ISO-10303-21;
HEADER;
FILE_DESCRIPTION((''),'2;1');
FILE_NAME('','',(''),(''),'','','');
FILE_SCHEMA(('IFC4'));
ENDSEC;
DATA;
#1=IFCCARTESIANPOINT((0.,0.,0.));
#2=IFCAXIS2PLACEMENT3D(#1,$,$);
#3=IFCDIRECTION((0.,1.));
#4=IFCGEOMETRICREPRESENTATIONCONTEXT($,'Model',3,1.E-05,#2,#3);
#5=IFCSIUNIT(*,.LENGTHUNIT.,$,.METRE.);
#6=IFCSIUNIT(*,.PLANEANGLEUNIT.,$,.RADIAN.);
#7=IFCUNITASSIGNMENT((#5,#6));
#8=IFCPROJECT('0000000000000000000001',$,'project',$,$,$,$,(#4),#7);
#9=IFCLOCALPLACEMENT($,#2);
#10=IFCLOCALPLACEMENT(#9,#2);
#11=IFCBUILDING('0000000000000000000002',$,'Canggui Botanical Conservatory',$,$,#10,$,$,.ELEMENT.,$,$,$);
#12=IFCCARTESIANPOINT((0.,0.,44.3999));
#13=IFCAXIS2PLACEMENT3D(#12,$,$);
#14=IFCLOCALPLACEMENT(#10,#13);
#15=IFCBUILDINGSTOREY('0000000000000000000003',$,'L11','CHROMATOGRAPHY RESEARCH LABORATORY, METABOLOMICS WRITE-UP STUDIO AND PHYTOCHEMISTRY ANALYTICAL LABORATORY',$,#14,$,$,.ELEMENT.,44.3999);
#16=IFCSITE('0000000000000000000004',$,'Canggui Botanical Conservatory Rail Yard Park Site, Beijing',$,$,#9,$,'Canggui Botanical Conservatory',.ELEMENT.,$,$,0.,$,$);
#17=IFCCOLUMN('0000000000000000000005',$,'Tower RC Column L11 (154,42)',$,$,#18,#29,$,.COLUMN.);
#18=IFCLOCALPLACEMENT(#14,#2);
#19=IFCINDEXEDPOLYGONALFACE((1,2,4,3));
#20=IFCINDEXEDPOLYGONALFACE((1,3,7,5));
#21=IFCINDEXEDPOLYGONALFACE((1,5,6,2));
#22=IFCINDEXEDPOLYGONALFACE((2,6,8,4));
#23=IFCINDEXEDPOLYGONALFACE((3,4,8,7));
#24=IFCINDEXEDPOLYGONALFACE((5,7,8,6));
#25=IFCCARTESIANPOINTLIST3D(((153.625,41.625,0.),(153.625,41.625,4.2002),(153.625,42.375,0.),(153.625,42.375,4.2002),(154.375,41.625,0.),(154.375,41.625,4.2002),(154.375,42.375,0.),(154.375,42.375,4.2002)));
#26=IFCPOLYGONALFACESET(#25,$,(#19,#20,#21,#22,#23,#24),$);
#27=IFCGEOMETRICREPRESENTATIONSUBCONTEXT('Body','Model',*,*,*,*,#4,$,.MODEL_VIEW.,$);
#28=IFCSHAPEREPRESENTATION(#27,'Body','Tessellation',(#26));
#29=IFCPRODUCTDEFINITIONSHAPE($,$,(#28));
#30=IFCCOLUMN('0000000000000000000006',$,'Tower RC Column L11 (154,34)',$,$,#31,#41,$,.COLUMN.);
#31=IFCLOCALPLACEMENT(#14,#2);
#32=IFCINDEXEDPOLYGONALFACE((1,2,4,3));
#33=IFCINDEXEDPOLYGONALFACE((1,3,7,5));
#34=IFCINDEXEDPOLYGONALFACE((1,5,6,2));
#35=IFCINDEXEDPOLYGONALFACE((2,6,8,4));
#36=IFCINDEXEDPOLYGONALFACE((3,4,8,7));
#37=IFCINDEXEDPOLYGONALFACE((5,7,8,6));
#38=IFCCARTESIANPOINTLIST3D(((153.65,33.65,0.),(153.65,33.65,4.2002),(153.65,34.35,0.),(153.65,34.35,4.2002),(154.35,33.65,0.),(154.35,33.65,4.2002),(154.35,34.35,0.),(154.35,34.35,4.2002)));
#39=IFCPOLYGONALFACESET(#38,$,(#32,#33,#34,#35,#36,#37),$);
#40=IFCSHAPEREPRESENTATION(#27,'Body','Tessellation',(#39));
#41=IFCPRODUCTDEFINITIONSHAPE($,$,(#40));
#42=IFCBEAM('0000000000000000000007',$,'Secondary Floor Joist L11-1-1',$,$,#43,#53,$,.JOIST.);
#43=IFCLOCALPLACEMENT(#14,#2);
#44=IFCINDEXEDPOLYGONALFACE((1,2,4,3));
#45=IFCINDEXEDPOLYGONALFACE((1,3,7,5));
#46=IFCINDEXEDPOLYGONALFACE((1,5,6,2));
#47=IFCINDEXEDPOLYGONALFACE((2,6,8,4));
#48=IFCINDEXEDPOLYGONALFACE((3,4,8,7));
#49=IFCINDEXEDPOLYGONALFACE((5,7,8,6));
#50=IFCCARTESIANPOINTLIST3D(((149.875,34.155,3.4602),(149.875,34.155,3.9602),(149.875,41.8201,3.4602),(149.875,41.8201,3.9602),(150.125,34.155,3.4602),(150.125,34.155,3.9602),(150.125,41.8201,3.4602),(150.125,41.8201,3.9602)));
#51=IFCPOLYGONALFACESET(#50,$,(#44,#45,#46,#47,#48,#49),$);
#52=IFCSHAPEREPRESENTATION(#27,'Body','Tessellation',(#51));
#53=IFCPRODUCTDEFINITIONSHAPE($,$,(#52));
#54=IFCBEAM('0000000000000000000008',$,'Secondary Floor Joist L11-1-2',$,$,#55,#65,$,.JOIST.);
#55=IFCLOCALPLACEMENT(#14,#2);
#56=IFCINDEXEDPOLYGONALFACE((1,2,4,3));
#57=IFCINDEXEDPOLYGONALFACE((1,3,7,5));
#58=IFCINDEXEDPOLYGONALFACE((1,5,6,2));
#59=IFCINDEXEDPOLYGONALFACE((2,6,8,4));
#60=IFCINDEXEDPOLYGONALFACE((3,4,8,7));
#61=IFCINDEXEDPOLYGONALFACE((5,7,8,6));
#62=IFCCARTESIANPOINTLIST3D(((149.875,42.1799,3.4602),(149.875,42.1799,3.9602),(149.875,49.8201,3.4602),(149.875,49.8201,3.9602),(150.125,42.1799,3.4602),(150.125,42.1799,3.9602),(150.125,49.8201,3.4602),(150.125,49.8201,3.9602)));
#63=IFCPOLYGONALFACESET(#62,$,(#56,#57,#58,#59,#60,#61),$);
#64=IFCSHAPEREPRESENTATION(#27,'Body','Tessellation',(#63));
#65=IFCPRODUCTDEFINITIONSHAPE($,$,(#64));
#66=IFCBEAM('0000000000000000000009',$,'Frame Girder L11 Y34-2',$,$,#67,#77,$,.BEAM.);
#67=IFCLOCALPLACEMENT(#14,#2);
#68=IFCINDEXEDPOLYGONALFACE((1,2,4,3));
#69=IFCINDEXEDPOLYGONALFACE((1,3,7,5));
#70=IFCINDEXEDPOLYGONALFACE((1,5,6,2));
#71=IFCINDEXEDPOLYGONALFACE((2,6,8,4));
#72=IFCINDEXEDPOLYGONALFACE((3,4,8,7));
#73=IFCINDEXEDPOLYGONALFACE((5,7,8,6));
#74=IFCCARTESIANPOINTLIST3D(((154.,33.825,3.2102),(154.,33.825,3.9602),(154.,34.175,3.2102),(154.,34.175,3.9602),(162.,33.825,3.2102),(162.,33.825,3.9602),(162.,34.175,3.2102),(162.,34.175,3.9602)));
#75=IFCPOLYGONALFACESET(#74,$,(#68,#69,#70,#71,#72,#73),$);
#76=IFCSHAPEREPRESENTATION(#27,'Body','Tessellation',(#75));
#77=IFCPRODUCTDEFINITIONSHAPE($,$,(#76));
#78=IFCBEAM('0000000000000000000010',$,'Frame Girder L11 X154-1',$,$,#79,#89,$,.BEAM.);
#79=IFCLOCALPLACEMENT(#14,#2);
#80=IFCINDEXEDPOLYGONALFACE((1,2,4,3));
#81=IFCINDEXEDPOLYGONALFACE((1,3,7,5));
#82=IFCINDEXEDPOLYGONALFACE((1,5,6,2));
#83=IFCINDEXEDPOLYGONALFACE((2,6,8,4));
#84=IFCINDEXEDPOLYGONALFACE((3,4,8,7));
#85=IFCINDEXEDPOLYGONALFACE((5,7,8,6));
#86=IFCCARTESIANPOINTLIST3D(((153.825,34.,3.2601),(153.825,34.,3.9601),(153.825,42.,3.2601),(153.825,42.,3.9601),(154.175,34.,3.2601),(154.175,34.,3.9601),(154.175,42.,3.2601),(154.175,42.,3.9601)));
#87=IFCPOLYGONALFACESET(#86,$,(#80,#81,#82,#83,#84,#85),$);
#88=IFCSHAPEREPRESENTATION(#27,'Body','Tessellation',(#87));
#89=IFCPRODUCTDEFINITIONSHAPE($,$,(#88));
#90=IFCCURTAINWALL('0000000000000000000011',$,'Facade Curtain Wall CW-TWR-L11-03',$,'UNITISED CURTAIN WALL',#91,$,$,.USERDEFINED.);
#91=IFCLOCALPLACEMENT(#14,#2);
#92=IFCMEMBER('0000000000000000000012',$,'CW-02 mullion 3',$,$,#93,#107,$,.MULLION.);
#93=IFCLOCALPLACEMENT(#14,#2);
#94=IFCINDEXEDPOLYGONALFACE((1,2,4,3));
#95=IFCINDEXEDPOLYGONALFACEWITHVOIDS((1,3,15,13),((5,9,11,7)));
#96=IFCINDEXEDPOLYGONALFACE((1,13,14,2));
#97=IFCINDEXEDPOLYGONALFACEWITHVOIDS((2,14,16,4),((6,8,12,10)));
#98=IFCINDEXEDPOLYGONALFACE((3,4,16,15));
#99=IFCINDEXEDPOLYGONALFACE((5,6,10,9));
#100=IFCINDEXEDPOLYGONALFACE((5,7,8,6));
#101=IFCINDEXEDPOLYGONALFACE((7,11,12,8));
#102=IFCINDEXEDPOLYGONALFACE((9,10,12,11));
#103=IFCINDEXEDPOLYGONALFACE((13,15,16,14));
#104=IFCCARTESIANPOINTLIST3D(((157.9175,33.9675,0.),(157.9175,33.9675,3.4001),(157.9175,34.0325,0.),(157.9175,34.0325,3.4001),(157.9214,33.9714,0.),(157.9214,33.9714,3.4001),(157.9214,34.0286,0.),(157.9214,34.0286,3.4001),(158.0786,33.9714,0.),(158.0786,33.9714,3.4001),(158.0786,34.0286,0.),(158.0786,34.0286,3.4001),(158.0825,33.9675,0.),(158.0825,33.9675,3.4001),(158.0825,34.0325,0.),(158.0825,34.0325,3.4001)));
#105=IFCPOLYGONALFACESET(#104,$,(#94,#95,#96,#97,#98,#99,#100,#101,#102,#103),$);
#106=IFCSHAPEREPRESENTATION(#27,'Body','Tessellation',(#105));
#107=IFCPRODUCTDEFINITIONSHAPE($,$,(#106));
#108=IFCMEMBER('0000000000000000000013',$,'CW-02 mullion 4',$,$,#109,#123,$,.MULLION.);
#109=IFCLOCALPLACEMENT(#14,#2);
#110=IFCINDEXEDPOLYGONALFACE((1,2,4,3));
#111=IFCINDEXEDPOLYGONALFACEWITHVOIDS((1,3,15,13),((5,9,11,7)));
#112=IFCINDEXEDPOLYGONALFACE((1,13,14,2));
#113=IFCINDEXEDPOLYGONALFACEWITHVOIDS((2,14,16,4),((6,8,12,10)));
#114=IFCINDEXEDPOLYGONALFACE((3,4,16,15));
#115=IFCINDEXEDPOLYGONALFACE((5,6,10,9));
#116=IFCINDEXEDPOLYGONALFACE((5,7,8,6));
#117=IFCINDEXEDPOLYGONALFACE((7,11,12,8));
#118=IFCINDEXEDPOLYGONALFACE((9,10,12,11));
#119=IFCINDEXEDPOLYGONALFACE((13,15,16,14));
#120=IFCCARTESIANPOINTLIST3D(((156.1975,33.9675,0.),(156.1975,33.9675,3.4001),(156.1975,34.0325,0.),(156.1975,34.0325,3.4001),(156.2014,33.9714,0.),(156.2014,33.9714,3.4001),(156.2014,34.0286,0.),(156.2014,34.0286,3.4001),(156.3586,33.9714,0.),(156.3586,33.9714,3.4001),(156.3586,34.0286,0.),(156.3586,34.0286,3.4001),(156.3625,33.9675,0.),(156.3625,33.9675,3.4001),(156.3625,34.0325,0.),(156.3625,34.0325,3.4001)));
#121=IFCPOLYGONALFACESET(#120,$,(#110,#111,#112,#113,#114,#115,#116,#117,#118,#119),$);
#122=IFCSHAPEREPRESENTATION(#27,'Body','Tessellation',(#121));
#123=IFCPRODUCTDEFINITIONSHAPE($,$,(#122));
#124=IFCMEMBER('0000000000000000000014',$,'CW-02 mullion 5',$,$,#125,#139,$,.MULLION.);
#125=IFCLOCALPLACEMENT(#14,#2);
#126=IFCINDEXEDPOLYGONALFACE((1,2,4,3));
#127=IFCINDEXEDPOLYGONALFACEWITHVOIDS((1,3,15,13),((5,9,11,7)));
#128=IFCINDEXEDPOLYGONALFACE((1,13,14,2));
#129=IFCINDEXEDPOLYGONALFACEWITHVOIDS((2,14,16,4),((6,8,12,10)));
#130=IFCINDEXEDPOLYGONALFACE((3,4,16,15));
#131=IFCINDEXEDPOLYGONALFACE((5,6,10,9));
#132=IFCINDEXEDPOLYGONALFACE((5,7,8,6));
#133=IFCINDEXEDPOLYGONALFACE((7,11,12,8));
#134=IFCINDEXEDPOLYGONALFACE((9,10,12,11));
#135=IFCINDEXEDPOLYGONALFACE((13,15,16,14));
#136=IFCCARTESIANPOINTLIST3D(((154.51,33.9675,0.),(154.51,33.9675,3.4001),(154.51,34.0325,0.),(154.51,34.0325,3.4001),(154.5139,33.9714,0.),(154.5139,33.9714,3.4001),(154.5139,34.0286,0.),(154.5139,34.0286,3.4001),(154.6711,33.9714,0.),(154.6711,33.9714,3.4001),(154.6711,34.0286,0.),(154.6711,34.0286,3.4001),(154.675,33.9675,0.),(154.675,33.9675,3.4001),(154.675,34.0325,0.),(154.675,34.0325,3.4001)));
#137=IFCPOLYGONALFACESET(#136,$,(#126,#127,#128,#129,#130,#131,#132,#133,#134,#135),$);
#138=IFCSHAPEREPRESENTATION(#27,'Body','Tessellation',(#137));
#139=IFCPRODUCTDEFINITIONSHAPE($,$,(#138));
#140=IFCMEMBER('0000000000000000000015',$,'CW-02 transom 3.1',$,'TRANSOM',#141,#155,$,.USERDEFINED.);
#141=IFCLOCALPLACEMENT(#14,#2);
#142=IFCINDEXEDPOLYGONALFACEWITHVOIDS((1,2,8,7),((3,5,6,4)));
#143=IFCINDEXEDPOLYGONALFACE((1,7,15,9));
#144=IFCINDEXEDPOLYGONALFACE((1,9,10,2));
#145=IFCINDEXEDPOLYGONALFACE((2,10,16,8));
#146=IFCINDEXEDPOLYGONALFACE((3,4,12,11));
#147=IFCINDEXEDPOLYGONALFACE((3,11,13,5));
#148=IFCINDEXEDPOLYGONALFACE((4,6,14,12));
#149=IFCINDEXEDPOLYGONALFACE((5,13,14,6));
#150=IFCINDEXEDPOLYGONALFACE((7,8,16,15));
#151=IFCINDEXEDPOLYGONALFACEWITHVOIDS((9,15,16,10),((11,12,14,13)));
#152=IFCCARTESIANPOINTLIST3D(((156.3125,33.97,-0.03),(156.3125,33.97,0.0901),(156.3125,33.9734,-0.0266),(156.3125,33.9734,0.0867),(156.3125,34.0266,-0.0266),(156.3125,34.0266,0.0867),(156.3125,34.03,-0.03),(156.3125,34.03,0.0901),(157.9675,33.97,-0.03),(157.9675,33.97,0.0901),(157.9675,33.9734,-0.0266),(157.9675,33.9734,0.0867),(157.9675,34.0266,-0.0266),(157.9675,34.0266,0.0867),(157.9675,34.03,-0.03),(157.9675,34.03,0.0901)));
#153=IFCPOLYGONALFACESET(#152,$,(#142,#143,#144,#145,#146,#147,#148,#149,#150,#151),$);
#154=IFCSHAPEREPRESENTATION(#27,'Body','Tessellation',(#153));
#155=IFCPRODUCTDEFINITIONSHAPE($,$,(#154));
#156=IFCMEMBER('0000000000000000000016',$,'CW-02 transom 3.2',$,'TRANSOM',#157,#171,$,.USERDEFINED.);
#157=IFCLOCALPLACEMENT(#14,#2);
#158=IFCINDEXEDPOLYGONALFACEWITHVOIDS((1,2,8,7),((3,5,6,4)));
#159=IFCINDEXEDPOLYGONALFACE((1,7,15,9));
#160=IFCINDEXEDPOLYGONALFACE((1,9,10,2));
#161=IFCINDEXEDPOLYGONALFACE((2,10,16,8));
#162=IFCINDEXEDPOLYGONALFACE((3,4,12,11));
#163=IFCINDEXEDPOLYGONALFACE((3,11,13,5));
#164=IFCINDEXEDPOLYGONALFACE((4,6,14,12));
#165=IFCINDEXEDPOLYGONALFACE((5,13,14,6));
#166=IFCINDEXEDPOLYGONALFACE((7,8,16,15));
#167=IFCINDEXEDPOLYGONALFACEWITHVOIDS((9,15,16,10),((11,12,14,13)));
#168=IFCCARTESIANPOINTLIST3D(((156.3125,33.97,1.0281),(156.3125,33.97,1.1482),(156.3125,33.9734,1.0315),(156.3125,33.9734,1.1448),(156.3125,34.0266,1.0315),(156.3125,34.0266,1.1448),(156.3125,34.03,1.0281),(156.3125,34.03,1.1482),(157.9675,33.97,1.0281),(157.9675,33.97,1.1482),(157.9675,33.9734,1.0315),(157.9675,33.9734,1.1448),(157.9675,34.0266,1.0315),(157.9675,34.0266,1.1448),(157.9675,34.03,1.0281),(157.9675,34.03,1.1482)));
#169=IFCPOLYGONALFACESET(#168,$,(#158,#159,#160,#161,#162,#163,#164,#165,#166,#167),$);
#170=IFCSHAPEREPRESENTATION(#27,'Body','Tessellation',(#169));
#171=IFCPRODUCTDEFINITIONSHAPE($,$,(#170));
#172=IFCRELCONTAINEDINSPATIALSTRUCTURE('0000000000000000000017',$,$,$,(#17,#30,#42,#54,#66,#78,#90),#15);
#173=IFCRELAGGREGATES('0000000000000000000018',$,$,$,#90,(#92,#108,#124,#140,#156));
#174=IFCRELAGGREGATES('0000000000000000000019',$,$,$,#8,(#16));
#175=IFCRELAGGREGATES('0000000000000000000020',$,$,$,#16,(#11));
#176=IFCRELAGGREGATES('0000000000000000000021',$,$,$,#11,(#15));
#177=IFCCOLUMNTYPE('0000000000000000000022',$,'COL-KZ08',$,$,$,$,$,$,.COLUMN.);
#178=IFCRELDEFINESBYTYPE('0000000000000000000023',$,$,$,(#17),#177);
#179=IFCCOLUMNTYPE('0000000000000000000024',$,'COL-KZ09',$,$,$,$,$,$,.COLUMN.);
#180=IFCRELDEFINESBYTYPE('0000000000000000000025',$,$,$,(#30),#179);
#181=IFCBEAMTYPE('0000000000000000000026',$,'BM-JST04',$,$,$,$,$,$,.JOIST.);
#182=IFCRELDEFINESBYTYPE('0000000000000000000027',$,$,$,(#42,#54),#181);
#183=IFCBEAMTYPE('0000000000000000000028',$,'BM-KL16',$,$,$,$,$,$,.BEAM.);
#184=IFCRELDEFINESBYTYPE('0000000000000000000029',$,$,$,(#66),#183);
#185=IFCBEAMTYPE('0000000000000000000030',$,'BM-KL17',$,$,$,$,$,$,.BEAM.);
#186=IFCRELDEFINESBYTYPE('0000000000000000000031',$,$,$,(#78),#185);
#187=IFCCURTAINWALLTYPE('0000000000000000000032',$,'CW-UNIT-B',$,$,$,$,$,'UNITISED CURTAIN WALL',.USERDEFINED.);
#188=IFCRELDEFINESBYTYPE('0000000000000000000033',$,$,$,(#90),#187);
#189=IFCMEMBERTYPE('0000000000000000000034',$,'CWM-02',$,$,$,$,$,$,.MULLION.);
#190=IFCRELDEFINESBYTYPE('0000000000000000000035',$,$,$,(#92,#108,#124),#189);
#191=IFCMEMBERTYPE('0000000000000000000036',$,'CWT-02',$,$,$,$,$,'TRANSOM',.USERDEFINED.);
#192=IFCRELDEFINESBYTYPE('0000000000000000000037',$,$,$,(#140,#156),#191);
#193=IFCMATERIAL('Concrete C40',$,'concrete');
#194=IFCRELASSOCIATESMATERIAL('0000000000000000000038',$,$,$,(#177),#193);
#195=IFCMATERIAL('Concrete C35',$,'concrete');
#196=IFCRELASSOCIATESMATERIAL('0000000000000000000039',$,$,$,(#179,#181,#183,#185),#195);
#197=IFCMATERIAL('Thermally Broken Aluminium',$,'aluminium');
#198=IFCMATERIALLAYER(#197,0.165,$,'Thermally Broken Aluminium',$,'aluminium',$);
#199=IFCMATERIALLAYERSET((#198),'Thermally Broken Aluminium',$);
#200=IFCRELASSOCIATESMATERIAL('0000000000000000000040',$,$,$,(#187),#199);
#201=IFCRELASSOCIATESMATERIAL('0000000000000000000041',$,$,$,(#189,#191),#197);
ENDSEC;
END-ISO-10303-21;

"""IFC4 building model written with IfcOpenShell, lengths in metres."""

from ifc_helpers import new_model, si_unit, direction, frame, origin, origin_2d, place, context, subcontext, project, spatial, rectangle, hollow_rectangle, extrude, material, layer, layer_set, material_profile, profile_set, type_object, element, aggregate, save


model = new_model("IFC4")

# Units and contexts
model_context = context("Model", 3, precision=1e-05, world=origin(), true_north=direction((0.0, 1.0)))
body_context = subcontext(model_context, "Body", "Model", "MODEL_VIEW")
ifc_project = project(units=[si_unit("LENGTHUNIT", "METRE"), si_unit("PLANEANGLEUNIT", "RADIAN")], contexts=[model_context])

# Site, building, storey
site_placement = place(None, origin())
site = spatial("IfcSite", under=ifc_project, at=site_placement, Name="Canggui Botanical Conservatory Rail Yard Park Site, Beijing", LongName="Canggui Botanical Conservatory", CompositionType="ELEMENT", RefElevation=0.0)
building_placement = place(site_placement, origin())
building = spatial("IfcBuilding", under=site, at=building_placement, Name="Canggui Botanical Conservatory", CompositionType="ELEMENT")
storey_placement = place(building_placement, frame((0.0, 0.0, 44.3999)))
storey = spatial("IfcBuildingStorey", under=building, at=storey_placement, Name="L11", Description="CHROMATOGRAPHY RESEARCH LABORATORY, METABOLOMICS WRITE-UP STUDIO AND PHYTOCHEMISTRY ANALYTICAL LABORATORY", CompositionType="ELEMENT", Elevation=44.3999)

# Columns
ifc_material_1 = material(Name="Concrete C40", Category="concrete")
ifc_material_profile_1 = material_profile(ifc_material_1, rectangle(XDim=0.75, YDim=0.75, at=origin_2d()), Name="RC 750x750")
ifc_profile_set_1 = profile_set([ifc_material_profile_1], Name="Concrete C40")
column_type_1 = type_object("IfcColumnType", Name="COL-KZ08", PredefinedType="COLUMN", material=ifc_profile_set_1)
column_1_placement = place(storey_placement, frame((154.0, 42.0, 0.0), z_axis=(0.0, 0.0, 1.0), x_axis=(1.0, 0.0, 0.0)))
element("IfcColumn", 1, at=column_1_placement, inside=storey, type_object=column_type_1, Name="Tower RC Column L11 (154,42)", PredefinedType="COLUMN", context=body_context, shape_type="SweptSolid", body=[
    extrude(rectangle(XDim=0.75, YDim=0.75, at=origin_2d()), origin(), (0.0, 0.0, 1.0), 4.2002),
])
ifc_material_2 = material(Name="Concrete C35", Category="concrete")
ifc_material_profile_2 = material_profile(ifc_material_2, rectangle(XDim=0.7, YDim=0.7, at=origin_2d()), Name="RC 700x700")
ifc_profile_set_2 = profile_set([ifc_material_profile_2], Name="Concrete C35")
column_type_2 = type_object("IfcColumnType", Name="COL-KZ09", PredefinedType="COLUMN", material=ifc_profile_set_2)
column_2_placement = place(storey_placement, frame((154.0, 34.0, 0.0), z_axis=(0.0, 0.0, 1.0), x_axis=(1.0, 0.0, 0.0)))
element("IfcColumn", 2, at=column_2_placement, inside=storey, type_object=column_type_2, Name="Tower RC Column L11 (154,34)", PredefinedType="COLUMN", context=body_context, shape_type="SweptSolid", body=[
    extrude(rectangle(XDim=0.7, YDim=0.7, at=origin_2d()), origin(), (0.0, 0.0, 1.0), 4.2002),
])

# Beams
ifc_material_profile_3 = material_profile(ifc_material_2, rectangle(XDim=0.25, YDim=0.5, at=origin_2d()), Name="RB 250x500")
ifc_profile_set_3 = profile_set([ifc_material_profile_3], Name="Concrete C35")
beam_type_1 = type_object("IfcBeamType", Name="BM-JST04", PredefinedType="JOIST", material=ifc_profile_set_3)
beam_1_placement = place(storey_placement, frame((150.0, 34.155, 3.7102), z_axis=(0.0, 1.0, 0.0), x_axis=(-1.0, 0.0, 0.0)))
element("IfcBeam", 3, at=beam_1_placement, inside=storey, type_object=beam_type_1, Name="Secondary Floor Joist L11-1-1", PredefinedType="JOIST", context=body_context, shape_type="SweptSolid", body=[
    extrude(rectangle(XDim=0.25, YDim=0.5, at=origin_2d()), origin(), (0.0, 0.0, 1.0), 7.665),
])
beam_2_placement = place(storey_placement, frame((150.0, 42.1799, 3.7102), z_axis=(0.0, 1.0, 0.0), x_axis=(-1.0, 0.0, 0.0)))
element("IfcBeam", 4, at=beam_2_placement, inside=storey, type_object=beam_type_1, Name="Secondary Floor Joist L11-1-2", PredefinedType="JOIST", context=body_context, shape_type="SweptSolid", body=[
    extrude(rectangle(XDim=0.25, YDim=0.5, at=origin_2d()), origin(), (0.0, 0.0, 1.0), 7.6401),
])
ifc_material_profile_4 = material_profile(ifc_material_2, rectangle(XDim=0.3501, YDim=0.75, at=origin_2d()), Name="RB 350x750")
ifc_profile_set_4 = profile_set([ifc_material_profile_4], Name="Concrete C35")
beam_type_2 = type_object("IfcBeamType", Name="BM-KL16", PredefinedType="BEAM", material=ifc_profile_set_4)
beam_3_placement = place(storey_placement, frame((154.0, 34.0, 3.5852), z_axis=(1.0, 0.0, 0.0), x_axis=(0.0, 1.0, 0.0)))
element("IfcBeam", 5, at=beam_3_placement, inside=storey, type_object=beam_type_2, Name="Frame Girder L11 Y34-2", PredefinedType="BEAM", context=body_context, shape_type="SweptSolid", body=[
    extrude(rectangle(XDim=0.3501, YDim=0.75, at=origin_2d()), origin(), (0.0, 0.0, 1.0), 8.0),
])
ifc_material_profile_5 = material_profile(ifc_material_2, rectangle(XDim=0.3501, YDim=0.7, at=origin_2d()), Name="RB 350x700")
ifc_profile_set_5 = profile_set([ifc_material_profile_5], Name="Concrete C35")
beam_type_3 = type_object("IfcBeamType", Name="BM-KL17", PredefinedType="BEAM", material=ifc_profile_set_5)
beam_4_placement = place(storey_placement, frame((154.0, 34.0, 3.6101), z_axis=(0.0, 1.0, 0.0), x_axis=(-1.0, 0.0, 0.0)))
element("IfcBeam", 6, at=beam_4_placement, inside=storey, type_object=beam_type_3, Name="Frame Girder L11 X154-1", PredefinedType="BEAM", context=body_context, shape_type="SweptSolid", body=[
    extrude(rectangle(XDim=0.3501, YDim=0.7, at=origin_2d()), origin(), (0.0, 0.0, 1.0), 8.0),
])

# Curtain wall, members
ifc_material_3 = material(Name="Thermally Broken Aluminium", Category="aluminium")
ifc_layer_1 = layer(ifc_material_3, 0.165, Name="Thermally Broken Aluminium", Category="aluminium")
ifc_layer_set_1 = layer_set([ifc_layer_1], Name="Thermally Broken Aluminium")
curtain_wall_type = type_object("IfcCurtainWallType", Name="CW-UNIT-B", ElementType="UNITISED CURTAIN WALL", PredefinedType="USERDEFINED", material=ifc_layer_set_1)
curtain_wall_placement = place(storey_placement, origin())
curtain_wall = element("IfcCurtainWall", 7, at=curtain_wall_placement, inside=storey, type_object=curtain_wall_type, Name="Facade Curtain Wall CW-TWR-L11-03", ObjectType="UNITISED CURTAIN WALL", PredefinedType="USERDEFINED")
ifc_material_profile_6 = material_profile(ifc_material_3, hollow_rectangle(XDim=0.0649, YDim=0.165, WallThickness=0.0039, at=origin_2d()), Name="CWM 65x165x4")
ifc_profile_set_6 = profile_set([ifc_material_profile_6], Name="Thermally Broken Aluminium")
member_type_1 = type_object("IfcMemberType", Name="CWM-02", PredefinedType="MULLION", material=ifc_profile_set_6)
member_1_placement = place(storey_placement, frame((158.0, 34.0, 0.0), z_axis=(0.0, 0.0, 1.0), x_axis=(0.0, -1.0, 0.0)))
member_1 = element("IfcMember", 8, at=member_1_placement, type_object=member_type_1, Name="CW-02 mullion 3", PredefinedType="MULLION", context=body_context, shape_type="SweptSolid", body=[
    extrude(hollow_rectangle(XDim=0.0649, YDim=0.165, WallThickness=0.0039, at=origin_2d()), origin(), (0.0, 0.0, 1.0), 3.4001),
])
member_2_placement = place(storey_placement, frame((156.28, 34.0, 0.0), z_axis=(0.0, 0.0, 1.0), x_axis=(0.0, -1.0, 0.0)))
member_2 = element("IfcMember", 9, at=member_2_placement, type_object=member_type_1, Name="CW-02 mullion 4", PredefinedType="MULLION", context=body_context, shape_type="SweptSolid", body=[
    extrude(hollow_rectangle(XDim=0.0649, YDim=0.165, WallThickness=0.0039, at=origin_2d()), origin(), (0.0, 0.0, 1.0), 3.4001),
])
member_3_placement = place(storey_placement, frame((154.5925, 34.0, 0.0), z_axis=(0.0, 0.0, 1.0), x_axis=(0.0, -1.0, 0.0)))
member_3 = element("IfcMember", 10, at=member_3_placement, type_object=member_type_1, Name="CW-02 mullion 5", PredefinedType="MULLION", context=body_context, shape_type="SweptSolid", body=[
    extrude(hollow_rectangle(XDim=0.0649, YDim=0.165, WallThickness=0.0039, at=origin_2d()), origin(), (0.0, 0.0, 1.0), 3.4001),
])
ifc_material_profile_7 = material_profile(ifc_material_3, hollow_rectangle(XDim=0.0601, YDim=0.1201, WallThickness=0.0034, at=origin_2d()), Name="CWT 60x120x3.5")
ifc_profile_set_7 = profile_set([ifc_material_profile_7], Name="Thermally Broken Aluminium")
member_type_2 = type_object("IfcMemberType", Name="CWT-02", ElementType="TRANSOM", PredefinedType="USERDEFINED", material=ifc_profile_set_7)
member_4_placement = place(storey_placement, frame((157.9675, 34.0, 0.03), z_axis=(-1.0, 0.0, 0.0), x_axis=(0.0, -1.0, 0.0)))
member_4 = element("IfcMember", 11, at=member_4_placement, type_object=member_type_2, Name="CW-02 transom 3.1", ObjectType="TRANSOM", PredefinedType="USERDEFINED", context=body_context, shape_type="SweptSolid", body=[
    extrude(hollow_rectangle(XDim=0.0601, YDim=0.1201, WallThickness=0.0034, at=origin_2d()), origin(), (0.0, 0.0, 1.0), 1.655),
])
member_5_placement = place(storey_placement, frame((157.9675, 34.0, 1.0881), z_axis=(-1.0, 0.0, 0.0), x_axis=(0.0, -1.0, 0.0)))
member_5 = element("IfcMember", 12, at=member_5_placement, type_object=member_type_2, Name="CW-02 transom 3.2", ObjectType="TRANSOM", PredefinedType="USERDEFINED", context=body_context, shape_type="SweptSolid", body=[
    extrude(hollow_rectangle(XDim=0.0601, YDim=0.1201, WallThickness=0.0034, at=origin_2d()), origin(), (0.0, 0.0, 1.0), 1.655),
])
aggregate(curtain_wall, [member_1, member_2, member_3, member_4, member_5])

save(model, "model.ifc")
